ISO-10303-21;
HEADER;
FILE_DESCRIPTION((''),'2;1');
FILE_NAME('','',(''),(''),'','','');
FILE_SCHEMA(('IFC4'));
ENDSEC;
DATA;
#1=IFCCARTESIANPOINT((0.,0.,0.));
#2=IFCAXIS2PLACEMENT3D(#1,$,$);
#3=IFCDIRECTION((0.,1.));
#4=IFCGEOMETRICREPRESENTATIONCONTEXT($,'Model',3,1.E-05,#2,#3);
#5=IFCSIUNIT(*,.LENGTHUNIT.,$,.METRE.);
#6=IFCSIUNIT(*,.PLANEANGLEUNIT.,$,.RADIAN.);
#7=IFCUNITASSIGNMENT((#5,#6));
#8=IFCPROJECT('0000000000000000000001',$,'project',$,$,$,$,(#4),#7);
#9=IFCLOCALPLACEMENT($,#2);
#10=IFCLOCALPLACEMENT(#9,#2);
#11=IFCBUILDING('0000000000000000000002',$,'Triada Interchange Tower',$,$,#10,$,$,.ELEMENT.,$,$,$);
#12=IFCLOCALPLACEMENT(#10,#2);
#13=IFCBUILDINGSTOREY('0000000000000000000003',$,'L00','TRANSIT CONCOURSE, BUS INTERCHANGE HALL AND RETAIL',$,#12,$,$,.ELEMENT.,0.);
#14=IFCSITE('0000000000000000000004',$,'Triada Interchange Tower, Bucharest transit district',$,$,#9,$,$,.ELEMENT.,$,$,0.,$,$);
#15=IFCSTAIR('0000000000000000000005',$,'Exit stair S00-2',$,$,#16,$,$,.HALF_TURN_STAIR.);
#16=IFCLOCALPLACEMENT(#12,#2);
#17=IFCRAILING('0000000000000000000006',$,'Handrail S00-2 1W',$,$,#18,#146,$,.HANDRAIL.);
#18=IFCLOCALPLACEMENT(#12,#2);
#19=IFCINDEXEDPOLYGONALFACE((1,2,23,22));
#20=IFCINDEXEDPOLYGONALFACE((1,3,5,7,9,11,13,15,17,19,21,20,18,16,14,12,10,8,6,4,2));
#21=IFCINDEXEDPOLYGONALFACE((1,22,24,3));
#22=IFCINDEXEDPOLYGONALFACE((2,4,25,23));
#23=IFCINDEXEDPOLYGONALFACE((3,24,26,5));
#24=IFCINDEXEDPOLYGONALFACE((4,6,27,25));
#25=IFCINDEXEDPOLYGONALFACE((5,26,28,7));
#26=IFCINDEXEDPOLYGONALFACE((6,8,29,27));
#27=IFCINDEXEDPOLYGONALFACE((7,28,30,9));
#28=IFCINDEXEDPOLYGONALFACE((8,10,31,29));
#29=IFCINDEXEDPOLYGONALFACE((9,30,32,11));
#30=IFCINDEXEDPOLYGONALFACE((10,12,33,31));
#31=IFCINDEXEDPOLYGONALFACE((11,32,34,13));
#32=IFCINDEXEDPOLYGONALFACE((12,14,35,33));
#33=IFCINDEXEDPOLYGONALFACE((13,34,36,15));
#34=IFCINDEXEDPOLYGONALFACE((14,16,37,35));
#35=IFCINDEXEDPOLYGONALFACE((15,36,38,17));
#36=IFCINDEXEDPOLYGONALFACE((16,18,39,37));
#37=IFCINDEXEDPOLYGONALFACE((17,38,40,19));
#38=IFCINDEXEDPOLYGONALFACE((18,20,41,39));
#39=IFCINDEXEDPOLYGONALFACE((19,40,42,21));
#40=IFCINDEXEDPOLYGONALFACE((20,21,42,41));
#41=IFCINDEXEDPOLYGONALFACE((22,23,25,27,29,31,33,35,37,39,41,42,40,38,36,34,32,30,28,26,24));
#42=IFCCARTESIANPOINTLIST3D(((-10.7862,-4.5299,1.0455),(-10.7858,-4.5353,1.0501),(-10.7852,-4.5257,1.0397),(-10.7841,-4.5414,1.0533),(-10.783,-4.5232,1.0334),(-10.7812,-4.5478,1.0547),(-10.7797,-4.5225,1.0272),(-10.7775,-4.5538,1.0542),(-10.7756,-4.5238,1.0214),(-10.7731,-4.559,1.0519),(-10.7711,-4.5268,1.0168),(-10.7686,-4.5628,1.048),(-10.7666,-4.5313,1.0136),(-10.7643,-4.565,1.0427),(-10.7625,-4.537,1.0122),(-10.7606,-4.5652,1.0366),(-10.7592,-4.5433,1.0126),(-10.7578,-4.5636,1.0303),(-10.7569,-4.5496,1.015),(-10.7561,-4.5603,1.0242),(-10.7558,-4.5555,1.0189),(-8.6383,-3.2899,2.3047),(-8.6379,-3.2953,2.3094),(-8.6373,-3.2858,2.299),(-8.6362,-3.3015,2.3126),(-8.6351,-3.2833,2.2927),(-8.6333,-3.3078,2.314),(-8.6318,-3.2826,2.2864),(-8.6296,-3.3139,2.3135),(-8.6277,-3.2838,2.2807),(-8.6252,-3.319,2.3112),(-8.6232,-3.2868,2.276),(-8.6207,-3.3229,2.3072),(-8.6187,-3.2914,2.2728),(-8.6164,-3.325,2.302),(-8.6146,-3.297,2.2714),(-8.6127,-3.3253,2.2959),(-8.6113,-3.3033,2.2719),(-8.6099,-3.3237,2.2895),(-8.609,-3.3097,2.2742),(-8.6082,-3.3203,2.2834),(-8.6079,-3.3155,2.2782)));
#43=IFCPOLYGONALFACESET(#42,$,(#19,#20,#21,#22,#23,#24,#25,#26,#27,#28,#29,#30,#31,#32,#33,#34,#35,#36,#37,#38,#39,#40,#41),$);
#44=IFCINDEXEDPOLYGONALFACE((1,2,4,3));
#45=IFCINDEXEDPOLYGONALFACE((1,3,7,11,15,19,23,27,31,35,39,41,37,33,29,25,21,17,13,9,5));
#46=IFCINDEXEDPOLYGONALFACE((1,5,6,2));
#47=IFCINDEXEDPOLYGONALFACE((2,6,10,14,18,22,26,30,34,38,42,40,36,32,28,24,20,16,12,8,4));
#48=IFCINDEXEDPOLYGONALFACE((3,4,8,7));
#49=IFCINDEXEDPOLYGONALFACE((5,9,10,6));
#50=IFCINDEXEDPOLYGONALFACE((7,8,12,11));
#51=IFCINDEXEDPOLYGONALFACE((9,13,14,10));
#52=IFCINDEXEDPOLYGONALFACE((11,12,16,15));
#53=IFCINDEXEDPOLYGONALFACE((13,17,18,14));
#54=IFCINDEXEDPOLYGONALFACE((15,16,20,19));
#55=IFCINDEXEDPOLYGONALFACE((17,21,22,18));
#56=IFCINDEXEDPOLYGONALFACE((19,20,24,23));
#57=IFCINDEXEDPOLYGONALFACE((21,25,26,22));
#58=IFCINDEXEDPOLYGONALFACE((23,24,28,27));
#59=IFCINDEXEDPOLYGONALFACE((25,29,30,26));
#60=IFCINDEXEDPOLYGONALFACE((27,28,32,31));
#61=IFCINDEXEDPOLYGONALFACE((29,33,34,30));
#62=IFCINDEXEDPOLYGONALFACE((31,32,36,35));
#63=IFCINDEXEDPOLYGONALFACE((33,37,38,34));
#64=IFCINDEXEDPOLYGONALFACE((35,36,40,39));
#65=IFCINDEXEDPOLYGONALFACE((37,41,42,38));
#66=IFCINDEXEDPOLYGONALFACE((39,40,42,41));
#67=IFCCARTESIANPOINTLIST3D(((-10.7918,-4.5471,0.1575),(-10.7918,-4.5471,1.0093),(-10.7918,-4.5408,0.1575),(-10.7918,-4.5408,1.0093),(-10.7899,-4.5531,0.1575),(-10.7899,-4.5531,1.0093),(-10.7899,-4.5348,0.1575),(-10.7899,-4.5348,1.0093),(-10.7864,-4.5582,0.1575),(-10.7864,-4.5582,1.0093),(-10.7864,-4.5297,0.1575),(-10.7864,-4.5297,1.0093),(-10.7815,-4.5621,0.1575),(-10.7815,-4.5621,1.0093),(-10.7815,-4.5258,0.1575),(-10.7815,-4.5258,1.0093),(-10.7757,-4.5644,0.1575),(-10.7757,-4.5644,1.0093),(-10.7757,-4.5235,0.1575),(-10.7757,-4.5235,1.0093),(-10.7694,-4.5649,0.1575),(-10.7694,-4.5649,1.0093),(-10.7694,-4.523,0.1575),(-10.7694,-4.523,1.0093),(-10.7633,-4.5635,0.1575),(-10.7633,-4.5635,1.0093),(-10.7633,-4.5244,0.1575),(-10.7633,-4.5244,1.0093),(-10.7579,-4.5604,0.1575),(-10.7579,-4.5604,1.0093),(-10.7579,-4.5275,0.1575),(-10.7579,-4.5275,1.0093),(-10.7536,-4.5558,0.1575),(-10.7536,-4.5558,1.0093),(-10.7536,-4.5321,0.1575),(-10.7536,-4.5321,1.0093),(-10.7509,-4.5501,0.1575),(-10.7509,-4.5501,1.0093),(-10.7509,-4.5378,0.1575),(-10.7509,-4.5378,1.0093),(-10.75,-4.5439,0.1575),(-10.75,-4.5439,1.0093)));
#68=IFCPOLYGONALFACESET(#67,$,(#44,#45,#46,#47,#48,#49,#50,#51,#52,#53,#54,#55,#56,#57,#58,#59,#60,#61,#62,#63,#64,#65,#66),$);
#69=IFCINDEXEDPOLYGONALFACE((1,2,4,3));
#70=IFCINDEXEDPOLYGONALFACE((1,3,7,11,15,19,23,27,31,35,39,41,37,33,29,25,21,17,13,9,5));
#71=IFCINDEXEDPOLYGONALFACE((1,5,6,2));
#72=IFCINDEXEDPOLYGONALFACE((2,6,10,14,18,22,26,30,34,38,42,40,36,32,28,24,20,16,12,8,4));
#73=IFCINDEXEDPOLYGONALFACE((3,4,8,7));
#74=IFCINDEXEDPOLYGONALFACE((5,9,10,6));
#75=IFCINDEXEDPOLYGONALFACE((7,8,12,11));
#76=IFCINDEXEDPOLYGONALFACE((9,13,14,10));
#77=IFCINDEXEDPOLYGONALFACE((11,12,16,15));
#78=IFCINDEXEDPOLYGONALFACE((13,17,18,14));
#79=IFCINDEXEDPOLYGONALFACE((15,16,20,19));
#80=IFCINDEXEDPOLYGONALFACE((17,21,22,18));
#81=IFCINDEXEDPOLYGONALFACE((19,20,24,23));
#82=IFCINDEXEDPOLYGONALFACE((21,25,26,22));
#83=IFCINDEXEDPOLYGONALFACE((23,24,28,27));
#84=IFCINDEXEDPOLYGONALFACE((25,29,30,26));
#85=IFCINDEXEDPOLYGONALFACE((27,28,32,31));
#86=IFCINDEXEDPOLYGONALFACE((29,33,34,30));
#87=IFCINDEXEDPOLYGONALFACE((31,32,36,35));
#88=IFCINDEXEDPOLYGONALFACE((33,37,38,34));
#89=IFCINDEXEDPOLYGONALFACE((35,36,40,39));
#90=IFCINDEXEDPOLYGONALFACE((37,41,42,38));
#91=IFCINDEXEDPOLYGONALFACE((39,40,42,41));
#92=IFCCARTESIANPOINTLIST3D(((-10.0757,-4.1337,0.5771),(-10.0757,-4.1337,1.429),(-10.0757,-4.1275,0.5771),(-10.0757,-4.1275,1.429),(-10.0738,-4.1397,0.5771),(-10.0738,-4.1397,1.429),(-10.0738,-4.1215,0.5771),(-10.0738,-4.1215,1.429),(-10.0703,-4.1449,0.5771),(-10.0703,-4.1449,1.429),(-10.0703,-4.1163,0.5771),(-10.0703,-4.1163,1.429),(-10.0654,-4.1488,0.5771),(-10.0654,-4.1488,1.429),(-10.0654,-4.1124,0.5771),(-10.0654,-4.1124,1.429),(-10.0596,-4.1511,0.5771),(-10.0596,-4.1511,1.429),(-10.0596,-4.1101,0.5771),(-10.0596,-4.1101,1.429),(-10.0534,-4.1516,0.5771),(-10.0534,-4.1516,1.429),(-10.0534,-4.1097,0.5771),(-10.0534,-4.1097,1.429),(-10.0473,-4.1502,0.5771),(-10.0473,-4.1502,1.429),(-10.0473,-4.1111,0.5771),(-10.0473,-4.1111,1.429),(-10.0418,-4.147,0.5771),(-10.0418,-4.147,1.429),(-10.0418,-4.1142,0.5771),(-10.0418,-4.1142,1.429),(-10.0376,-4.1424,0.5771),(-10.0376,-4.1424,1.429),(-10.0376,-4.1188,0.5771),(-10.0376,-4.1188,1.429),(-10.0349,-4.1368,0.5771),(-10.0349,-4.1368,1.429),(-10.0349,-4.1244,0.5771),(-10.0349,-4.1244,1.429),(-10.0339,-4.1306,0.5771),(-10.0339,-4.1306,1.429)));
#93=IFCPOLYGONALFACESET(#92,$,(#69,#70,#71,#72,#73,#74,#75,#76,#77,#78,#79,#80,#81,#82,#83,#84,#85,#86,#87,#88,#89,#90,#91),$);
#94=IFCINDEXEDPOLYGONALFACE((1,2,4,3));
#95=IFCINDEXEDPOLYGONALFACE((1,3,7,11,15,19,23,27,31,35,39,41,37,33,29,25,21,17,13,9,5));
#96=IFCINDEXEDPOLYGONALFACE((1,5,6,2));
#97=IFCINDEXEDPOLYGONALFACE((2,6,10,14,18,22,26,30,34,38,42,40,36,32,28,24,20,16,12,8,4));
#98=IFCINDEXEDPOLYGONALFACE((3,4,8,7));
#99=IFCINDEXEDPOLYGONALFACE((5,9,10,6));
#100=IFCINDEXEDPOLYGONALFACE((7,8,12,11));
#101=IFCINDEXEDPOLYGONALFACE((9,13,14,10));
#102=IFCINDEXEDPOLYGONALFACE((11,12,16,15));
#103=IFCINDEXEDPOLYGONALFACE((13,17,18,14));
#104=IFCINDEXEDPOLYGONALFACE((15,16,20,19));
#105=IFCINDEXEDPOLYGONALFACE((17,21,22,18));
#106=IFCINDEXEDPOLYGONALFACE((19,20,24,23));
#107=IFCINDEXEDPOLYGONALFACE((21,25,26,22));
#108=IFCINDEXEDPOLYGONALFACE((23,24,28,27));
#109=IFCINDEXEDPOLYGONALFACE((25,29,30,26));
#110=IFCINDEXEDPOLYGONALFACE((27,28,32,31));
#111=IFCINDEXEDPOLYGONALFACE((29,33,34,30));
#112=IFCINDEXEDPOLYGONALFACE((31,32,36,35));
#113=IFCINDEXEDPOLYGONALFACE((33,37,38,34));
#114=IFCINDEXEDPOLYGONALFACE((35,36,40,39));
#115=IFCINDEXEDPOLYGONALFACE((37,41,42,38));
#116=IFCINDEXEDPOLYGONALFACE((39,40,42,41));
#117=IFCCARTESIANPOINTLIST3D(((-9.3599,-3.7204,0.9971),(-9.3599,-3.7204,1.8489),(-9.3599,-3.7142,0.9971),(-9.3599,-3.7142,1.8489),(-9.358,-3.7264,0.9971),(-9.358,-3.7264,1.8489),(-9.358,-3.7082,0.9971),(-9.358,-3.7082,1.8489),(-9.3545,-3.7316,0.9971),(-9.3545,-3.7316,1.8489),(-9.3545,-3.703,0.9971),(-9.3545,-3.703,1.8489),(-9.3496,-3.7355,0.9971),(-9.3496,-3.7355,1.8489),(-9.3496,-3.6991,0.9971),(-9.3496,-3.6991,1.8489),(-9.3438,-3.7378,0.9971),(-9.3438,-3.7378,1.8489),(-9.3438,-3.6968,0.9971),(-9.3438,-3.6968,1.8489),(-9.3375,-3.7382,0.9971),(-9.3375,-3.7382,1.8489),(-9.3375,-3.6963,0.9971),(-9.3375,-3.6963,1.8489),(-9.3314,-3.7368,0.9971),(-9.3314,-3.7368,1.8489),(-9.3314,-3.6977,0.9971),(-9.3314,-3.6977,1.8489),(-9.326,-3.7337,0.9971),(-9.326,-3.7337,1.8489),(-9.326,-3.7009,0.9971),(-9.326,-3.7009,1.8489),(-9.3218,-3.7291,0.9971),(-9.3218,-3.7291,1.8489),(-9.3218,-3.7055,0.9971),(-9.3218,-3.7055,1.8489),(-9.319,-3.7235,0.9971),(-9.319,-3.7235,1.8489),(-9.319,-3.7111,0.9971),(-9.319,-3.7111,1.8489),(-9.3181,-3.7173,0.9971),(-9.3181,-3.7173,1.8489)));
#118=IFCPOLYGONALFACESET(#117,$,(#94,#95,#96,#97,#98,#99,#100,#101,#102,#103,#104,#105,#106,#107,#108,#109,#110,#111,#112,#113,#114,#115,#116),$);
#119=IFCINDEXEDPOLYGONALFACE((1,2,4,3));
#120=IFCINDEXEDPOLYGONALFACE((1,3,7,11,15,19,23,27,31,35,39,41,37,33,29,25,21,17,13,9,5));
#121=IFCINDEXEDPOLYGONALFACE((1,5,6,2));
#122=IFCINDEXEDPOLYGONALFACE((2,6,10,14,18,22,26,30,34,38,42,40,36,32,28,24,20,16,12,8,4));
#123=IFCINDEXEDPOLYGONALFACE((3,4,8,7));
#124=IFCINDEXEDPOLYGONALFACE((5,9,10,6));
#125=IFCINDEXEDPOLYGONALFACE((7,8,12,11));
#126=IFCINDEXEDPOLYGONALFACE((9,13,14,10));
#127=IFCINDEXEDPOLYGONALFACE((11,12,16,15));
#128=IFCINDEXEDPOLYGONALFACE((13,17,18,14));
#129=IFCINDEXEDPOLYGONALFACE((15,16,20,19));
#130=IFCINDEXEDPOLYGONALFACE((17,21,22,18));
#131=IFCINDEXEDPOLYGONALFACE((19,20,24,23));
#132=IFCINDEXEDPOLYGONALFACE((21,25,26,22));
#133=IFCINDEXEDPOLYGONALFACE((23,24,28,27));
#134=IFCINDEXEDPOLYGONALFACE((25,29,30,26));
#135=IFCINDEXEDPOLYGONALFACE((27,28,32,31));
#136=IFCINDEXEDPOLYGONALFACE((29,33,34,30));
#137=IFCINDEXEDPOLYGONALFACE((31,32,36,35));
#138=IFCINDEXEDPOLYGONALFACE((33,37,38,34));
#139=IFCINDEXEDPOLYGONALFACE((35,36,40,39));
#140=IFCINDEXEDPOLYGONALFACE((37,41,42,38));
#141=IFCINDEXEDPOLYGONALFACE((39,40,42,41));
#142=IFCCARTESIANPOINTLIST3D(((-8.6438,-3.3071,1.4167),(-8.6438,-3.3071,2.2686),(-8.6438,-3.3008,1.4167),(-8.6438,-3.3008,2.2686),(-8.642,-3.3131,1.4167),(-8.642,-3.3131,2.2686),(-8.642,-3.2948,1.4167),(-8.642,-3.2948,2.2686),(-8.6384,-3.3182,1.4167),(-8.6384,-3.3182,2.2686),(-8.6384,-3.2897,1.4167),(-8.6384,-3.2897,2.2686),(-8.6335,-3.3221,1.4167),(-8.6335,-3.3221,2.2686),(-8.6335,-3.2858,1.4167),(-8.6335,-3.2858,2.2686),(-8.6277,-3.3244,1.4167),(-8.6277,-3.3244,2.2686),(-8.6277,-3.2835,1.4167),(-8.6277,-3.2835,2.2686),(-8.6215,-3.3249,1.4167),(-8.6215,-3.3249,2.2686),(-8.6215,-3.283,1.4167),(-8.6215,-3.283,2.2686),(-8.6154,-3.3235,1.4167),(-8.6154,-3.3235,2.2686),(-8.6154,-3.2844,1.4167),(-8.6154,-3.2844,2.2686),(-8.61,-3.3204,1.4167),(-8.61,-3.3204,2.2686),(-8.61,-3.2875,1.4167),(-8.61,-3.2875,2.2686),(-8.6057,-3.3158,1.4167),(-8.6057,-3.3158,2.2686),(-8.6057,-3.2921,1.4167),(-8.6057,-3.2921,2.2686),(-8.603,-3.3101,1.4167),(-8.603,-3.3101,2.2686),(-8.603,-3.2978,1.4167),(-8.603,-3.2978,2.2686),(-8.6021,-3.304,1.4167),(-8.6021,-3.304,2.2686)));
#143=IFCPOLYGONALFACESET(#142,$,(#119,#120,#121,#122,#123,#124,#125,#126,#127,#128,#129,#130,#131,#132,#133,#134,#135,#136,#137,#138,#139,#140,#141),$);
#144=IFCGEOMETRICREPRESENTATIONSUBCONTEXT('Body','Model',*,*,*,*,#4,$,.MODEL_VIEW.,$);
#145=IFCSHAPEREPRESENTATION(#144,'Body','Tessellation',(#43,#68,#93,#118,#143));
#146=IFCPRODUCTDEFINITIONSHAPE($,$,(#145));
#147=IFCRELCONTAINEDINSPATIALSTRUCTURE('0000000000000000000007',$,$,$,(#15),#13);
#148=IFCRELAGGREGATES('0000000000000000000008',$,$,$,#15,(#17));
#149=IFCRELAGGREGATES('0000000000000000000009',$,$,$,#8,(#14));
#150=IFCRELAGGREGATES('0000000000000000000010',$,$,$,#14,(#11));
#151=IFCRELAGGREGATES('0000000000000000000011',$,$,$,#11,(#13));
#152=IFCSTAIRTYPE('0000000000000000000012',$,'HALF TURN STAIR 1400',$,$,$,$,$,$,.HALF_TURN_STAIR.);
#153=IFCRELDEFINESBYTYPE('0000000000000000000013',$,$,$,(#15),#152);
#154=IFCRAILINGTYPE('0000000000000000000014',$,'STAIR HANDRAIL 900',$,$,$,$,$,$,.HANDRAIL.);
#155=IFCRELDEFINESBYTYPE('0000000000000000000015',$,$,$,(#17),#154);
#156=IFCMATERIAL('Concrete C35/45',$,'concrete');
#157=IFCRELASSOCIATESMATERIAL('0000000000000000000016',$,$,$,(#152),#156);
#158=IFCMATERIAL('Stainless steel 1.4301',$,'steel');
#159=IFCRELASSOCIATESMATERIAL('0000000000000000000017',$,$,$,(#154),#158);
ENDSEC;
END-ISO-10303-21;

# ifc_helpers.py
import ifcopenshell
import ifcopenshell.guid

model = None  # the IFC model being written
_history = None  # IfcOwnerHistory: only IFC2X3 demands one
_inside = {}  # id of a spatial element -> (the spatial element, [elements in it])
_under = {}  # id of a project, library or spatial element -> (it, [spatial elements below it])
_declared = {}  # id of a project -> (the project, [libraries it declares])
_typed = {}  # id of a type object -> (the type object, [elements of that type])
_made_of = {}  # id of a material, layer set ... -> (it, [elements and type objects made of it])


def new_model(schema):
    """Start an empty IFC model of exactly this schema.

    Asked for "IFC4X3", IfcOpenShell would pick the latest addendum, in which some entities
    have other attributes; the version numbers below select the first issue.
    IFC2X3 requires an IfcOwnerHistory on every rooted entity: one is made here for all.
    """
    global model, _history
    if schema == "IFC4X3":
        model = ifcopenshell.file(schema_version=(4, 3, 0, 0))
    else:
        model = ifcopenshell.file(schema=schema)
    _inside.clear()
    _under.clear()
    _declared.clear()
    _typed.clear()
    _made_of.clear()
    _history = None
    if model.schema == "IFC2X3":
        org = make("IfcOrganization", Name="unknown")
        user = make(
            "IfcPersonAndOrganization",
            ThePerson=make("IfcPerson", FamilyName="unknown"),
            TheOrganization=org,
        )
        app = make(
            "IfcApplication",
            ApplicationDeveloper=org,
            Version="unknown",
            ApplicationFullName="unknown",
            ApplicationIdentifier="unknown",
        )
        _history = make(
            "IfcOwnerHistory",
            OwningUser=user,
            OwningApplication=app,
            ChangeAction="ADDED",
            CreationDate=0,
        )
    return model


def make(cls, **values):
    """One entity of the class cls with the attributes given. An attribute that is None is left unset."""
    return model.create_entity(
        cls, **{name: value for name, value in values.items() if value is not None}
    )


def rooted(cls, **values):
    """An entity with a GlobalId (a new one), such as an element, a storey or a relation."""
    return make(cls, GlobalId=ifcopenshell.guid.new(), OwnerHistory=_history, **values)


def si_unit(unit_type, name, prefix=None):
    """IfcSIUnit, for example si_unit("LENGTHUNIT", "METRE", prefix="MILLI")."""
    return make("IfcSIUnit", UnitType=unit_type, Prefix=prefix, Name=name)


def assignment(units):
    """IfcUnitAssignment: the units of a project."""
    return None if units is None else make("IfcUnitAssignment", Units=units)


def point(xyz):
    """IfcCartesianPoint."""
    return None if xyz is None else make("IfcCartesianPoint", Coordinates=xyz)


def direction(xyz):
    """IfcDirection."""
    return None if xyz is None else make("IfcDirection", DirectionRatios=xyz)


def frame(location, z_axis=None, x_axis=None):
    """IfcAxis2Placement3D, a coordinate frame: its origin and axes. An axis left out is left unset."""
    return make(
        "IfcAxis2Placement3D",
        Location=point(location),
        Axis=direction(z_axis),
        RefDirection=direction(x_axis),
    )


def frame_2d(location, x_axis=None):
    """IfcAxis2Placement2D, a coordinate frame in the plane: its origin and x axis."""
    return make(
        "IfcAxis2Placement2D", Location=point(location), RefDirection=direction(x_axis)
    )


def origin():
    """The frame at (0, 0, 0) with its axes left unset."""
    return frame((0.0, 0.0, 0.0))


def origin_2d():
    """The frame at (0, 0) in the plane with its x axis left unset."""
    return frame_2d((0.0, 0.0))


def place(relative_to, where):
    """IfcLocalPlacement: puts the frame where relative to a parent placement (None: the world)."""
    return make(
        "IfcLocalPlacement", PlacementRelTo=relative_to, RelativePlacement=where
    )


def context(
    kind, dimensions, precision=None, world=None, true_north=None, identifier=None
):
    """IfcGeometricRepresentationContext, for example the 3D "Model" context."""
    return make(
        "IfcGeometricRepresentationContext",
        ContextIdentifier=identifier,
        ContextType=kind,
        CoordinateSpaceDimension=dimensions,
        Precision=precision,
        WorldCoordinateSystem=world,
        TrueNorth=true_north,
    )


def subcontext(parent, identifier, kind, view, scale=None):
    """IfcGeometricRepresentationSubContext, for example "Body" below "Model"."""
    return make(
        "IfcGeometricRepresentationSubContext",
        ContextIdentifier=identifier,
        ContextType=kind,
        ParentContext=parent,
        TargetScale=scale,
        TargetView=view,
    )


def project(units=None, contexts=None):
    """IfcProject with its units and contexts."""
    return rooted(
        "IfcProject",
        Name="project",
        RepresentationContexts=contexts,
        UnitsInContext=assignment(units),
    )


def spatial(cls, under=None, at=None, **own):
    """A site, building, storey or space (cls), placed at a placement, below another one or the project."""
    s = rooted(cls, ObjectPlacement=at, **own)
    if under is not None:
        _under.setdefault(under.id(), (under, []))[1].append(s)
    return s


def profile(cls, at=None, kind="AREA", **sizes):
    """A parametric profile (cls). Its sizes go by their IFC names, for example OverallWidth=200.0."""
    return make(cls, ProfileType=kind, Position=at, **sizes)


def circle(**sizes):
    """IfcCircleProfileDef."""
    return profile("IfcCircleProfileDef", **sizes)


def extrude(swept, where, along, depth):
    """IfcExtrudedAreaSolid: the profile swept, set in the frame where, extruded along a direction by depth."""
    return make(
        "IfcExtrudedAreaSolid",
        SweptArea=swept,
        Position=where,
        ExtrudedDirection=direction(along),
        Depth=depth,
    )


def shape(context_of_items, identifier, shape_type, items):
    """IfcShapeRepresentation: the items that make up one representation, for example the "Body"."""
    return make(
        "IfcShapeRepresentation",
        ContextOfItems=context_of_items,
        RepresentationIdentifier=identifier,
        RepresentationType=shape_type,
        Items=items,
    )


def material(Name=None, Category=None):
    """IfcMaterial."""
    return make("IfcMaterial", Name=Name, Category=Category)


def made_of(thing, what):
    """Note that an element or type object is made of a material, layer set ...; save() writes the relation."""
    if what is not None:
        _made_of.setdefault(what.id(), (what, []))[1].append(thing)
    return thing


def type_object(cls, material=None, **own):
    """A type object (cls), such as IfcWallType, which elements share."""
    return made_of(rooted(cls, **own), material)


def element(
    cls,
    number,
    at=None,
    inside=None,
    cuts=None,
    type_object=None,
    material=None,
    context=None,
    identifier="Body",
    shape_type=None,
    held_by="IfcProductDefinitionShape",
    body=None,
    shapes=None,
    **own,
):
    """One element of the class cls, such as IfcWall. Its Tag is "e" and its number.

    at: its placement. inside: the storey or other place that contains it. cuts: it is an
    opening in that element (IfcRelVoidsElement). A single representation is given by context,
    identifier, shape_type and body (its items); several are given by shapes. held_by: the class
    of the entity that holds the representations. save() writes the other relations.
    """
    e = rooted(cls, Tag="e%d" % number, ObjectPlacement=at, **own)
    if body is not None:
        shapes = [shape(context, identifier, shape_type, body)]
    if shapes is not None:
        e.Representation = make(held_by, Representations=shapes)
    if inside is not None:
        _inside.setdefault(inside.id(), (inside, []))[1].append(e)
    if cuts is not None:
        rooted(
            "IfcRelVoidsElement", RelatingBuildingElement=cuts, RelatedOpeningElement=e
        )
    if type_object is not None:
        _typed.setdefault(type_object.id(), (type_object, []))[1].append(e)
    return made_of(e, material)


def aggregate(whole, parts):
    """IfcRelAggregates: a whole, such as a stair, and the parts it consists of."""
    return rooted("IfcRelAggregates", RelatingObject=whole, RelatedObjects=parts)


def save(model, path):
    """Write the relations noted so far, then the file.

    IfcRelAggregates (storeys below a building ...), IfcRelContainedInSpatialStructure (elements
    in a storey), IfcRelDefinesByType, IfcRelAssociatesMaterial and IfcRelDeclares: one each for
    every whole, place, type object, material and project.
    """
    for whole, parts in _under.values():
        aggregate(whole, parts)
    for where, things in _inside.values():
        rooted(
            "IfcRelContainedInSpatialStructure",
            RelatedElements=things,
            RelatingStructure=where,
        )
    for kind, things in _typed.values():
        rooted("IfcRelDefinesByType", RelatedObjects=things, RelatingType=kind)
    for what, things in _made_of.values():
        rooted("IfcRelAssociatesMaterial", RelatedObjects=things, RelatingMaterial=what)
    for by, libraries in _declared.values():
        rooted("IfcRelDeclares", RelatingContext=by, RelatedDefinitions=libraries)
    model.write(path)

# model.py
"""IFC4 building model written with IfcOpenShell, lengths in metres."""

from ifc_helpers import new_model, si_unit, direction, frame, origin, origin_2d, place, context, subcontext, project, spatial, circle, extrude, material, type_object, element, aggregate, save


model = new_model("IFC4")

# Units and contexts
model_context = context("Model", 3, precision=1e-05, world=origin(), true_north=direction((0.0, 1.0)))
body_context = subcontext(model_context, "Body", "Model", "MODEL_VIEW")
ifc_project = project(units=[si_unit("LENGTHUNIT", "METRE"), si_unit("PLANEANGLEUNIT", "RADIAN")], contexts=[model_context])

# Site, building, storey
site_placement = place(None, origin())
site = spatial("IfcSite", under=ifc_project, at=site_placement, Name="Triada Interchange Tower, Bucharest transit district", CompositionType="ELEMENT", RefElevation=0.0)
building_placement = place(site_placement, origin())
building = spatial("IfcBuilding", under=site, at=building_placement, Name="Triada Interchange Tower", CompositionType="ELEMENT")
storey_placement = place(building_placement, origin())
storey = spatial("IfcBuildingStorey", under=building, at=storey_placement, Name="L00", Description="TRANSIT CONCOURSE, BUS INTERCHANGE HALL AND RETAIL", CompositionType="ELEMENT", Elevation=0.0)

# Shared definitions
ifc_material_1 = material(Name="Concrete C35/45", Category="concrete")

# Stair, railing
stair_type = type_object("IfcStairType", Name="HALF TURN STAIR 1400", PredefinedType="HALF_TURN_STAIR", material=ifc_material_1)
stair_placement = place(storey_placement, origin())
stair = element("IfcStair", 1, at=stair_placement, inside=storey, type_object=stair_type, Name="Exit stair S00-2", PredefinedType="HALF_TURN_STAIR")
ifc_material_2 = material(Name="Stainless steel 1.4301", Category="steel")
railing_type_1 = type_object("IfcRailingType", Name="STAIR HANDRAIL 900", PredefinedType="HANDRAIL", material=ifc_material_2)
railing_1_placement = place(storey_placement, frame((-10.771, -4.5439, 0.1575)))
railing_1 = element("IfcRailing", 2, at=railing_1_placement, type_object=railing_type_1, Name="Handrail S00-2 1W", PredefinedType="HANDRAIL", context=body_context, shape_type="SweptSolid", body=[
    extrude(circle(Radius=0.0239, at=origin_2d()), frame((0.0, 0.0, 0.876), z_axis=(0.772212, 0.445791, 0.452724), x_axis=(-0.499961, 0.866048, 0.0)), (0.0, 0.0, 1.0), 2.7815),
    extrude(circle(Radius=0.021, at=origin_2d()), origin(), (0.0, 0.0, 1.0), 0.8518),
    extrude(circle(Radius=0.021, at=origin_2d()), frame((0.7161, 0.4133, 0.4197)), (0.0, 0.0, 1.0), 0.8518),
    extrude(circle(Radius=0.021, at=origin_2d()), frame((1.4319, 0.8267, 0.8396)), (0.0, 0.0, 1.0), 0.8518),
    extrude(circle(Radius=0.021, at=origin_2d()), frame((2.1479, 1.24, 1.2593)), (0.0, 0.0, 1.0), 0.8518),
])
aggregate(stair, [railing_1])

save(model, "model.ifc")
